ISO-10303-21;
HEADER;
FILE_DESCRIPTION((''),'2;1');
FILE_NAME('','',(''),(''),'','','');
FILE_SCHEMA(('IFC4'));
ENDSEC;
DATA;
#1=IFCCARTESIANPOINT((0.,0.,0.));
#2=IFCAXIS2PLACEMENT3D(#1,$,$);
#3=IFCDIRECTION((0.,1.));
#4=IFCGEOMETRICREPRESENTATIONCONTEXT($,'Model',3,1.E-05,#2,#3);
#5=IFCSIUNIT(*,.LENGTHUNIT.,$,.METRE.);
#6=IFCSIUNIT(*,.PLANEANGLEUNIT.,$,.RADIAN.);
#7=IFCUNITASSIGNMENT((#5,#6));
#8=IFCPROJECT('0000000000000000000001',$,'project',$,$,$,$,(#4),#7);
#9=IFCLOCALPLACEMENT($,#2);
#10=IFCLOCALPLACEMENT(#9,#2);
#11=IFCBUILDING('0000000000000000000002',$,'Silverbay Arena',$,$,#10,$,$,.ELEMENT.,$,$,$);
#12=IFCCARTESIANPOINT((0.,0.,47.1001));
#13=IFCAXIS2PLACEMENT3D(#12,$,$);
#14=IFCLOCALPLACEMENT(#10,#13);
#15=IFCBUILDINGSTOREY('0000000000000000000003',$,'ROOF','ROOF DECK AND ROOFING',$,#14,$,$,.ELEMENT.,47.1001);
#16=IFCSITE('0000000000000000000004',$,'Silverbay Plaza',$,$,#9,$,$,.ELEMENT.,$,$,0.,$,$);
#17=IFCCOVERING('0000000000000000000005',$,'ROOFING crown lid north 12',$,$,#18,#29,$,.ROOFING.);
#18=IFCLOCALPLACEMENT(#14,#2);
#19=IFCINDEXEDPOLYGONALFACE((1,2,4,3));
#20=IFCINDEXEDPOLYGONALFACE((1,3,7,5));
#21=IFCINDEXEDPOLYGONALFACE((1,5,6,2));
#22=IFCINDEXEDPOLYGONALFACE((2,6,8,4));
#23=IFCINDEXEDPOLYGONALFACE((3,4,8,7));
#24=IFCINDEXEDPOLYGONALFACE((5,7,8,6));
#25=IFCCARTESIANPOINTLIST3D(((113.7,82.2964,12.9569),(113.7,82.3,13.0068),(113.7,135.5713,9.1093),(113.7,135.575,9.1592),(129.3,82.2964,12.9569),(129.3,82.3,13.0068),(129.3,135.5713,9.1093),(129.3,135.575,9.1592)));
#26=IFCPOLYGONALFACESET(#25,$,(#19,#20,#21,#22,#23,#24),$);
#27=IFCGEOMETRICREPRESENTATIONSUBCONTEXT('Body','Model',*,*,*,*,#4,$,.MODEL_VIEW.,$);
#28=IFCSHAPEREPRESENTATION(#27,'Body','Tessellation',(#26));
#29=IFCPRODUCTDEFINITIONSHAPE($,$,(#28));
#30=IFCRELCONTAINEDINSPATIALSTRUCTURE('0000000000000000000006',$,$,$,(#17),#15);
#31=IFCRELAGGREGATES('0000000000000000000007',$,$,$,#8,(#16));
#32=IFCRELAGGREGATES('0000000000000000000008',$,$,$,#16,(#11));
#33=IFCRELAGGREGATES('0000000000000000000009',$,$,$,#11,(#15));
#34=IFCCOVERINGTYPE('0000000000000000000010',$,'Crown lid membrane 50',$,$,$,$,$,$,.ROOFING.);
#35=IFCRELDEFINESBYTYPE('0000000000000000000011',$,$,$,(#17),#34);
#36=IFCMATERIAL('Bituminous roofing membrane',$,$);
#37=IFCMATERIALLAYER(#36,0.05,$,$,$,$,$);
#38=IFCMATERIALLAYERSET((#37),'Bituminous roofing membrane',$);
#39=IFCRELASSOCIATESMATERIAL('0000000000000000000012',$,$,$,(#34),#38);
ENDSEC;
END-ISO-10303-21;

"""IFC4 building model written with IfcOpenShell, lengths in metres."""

from ifc_helpers import new_model, si_unit, direction, frame, origin, place, context, subcontext, project, spatial, polyline, outline, extrude, material, layer, layer_set, type_object, element, save


model = new_model("IFC4")

# Units and contexts
model_context = context("Model", 3, precision=1e-05, world=origin(), true_north=direction((0.0, 1.0)))
body_context = subcontext(model_context, "Body", "Model", "MODEL_VIEW")
ifc_project = project(units=[si_unit("LENGTHUNIT", "METRE"), si_unit("PLANEANGLEUNIT", "RADIAN")], contexts=[model_context])

# Site, building, storey
site_placement = place(None, origin())
site = spatial("IfcSite", under=ifc_project, at=site_placement, Name="Silverbay Plaza", CompositionType="ELEMENT", RefElevation=0.0)
building_placement = place(site_placement, origin())
building = spatial("IfcBuilding", under=site, at=building_placement, Name="Silverbay Arena", CompositionType="ELEMENT")
storey_placement = place(building_placement, frame((0.0, 0.0, 47.1001)))
storey = spatial("IfcBuildingStorey", under=building, at=storey_placement, Name="ROOF", Description="ROOF DECK AND ROOFING", CompositionType="ELEMENT", Elevation=47.1001)

# Covering
ifc_material_1 = material(Name="Bituminous roofing membrane")
ifc_layer = layer(ifc_material_1, 0.05)
ifc_layer_set = layer_set([ifc_layer], Name="Bituminous roofing membrane")
covering_type = type_object("IfcCoveringType", Name="Crown lid membrane 50", PredefinedType="ROOFING", material=ifc_layer_set)
covering_placement = place(storey_placement, frame((113.7, 82.3, 13.0068), z_axis=(0.0, 0.072035, 0.997402), x_axis=(1.0, 0.0, 0.0)))
element("IfcCovering", 1, at=covering_placement, inside=storey, type_object=covering_type, Name="ROOFING crown lid north 12", PredefinedType="ROOFING", context=body_context, shape_type="SweptSolid", body=[
    extrude(outline(polyline([(0.0, 0.0), (15.6001, 0.0), (15.6001, 53.4137), (0.0, 53.4137), (0.0, 0.0)])), origin(), (0.0, 0.0, -1.0), 0.05),
])

save(model, "model.ifc")
